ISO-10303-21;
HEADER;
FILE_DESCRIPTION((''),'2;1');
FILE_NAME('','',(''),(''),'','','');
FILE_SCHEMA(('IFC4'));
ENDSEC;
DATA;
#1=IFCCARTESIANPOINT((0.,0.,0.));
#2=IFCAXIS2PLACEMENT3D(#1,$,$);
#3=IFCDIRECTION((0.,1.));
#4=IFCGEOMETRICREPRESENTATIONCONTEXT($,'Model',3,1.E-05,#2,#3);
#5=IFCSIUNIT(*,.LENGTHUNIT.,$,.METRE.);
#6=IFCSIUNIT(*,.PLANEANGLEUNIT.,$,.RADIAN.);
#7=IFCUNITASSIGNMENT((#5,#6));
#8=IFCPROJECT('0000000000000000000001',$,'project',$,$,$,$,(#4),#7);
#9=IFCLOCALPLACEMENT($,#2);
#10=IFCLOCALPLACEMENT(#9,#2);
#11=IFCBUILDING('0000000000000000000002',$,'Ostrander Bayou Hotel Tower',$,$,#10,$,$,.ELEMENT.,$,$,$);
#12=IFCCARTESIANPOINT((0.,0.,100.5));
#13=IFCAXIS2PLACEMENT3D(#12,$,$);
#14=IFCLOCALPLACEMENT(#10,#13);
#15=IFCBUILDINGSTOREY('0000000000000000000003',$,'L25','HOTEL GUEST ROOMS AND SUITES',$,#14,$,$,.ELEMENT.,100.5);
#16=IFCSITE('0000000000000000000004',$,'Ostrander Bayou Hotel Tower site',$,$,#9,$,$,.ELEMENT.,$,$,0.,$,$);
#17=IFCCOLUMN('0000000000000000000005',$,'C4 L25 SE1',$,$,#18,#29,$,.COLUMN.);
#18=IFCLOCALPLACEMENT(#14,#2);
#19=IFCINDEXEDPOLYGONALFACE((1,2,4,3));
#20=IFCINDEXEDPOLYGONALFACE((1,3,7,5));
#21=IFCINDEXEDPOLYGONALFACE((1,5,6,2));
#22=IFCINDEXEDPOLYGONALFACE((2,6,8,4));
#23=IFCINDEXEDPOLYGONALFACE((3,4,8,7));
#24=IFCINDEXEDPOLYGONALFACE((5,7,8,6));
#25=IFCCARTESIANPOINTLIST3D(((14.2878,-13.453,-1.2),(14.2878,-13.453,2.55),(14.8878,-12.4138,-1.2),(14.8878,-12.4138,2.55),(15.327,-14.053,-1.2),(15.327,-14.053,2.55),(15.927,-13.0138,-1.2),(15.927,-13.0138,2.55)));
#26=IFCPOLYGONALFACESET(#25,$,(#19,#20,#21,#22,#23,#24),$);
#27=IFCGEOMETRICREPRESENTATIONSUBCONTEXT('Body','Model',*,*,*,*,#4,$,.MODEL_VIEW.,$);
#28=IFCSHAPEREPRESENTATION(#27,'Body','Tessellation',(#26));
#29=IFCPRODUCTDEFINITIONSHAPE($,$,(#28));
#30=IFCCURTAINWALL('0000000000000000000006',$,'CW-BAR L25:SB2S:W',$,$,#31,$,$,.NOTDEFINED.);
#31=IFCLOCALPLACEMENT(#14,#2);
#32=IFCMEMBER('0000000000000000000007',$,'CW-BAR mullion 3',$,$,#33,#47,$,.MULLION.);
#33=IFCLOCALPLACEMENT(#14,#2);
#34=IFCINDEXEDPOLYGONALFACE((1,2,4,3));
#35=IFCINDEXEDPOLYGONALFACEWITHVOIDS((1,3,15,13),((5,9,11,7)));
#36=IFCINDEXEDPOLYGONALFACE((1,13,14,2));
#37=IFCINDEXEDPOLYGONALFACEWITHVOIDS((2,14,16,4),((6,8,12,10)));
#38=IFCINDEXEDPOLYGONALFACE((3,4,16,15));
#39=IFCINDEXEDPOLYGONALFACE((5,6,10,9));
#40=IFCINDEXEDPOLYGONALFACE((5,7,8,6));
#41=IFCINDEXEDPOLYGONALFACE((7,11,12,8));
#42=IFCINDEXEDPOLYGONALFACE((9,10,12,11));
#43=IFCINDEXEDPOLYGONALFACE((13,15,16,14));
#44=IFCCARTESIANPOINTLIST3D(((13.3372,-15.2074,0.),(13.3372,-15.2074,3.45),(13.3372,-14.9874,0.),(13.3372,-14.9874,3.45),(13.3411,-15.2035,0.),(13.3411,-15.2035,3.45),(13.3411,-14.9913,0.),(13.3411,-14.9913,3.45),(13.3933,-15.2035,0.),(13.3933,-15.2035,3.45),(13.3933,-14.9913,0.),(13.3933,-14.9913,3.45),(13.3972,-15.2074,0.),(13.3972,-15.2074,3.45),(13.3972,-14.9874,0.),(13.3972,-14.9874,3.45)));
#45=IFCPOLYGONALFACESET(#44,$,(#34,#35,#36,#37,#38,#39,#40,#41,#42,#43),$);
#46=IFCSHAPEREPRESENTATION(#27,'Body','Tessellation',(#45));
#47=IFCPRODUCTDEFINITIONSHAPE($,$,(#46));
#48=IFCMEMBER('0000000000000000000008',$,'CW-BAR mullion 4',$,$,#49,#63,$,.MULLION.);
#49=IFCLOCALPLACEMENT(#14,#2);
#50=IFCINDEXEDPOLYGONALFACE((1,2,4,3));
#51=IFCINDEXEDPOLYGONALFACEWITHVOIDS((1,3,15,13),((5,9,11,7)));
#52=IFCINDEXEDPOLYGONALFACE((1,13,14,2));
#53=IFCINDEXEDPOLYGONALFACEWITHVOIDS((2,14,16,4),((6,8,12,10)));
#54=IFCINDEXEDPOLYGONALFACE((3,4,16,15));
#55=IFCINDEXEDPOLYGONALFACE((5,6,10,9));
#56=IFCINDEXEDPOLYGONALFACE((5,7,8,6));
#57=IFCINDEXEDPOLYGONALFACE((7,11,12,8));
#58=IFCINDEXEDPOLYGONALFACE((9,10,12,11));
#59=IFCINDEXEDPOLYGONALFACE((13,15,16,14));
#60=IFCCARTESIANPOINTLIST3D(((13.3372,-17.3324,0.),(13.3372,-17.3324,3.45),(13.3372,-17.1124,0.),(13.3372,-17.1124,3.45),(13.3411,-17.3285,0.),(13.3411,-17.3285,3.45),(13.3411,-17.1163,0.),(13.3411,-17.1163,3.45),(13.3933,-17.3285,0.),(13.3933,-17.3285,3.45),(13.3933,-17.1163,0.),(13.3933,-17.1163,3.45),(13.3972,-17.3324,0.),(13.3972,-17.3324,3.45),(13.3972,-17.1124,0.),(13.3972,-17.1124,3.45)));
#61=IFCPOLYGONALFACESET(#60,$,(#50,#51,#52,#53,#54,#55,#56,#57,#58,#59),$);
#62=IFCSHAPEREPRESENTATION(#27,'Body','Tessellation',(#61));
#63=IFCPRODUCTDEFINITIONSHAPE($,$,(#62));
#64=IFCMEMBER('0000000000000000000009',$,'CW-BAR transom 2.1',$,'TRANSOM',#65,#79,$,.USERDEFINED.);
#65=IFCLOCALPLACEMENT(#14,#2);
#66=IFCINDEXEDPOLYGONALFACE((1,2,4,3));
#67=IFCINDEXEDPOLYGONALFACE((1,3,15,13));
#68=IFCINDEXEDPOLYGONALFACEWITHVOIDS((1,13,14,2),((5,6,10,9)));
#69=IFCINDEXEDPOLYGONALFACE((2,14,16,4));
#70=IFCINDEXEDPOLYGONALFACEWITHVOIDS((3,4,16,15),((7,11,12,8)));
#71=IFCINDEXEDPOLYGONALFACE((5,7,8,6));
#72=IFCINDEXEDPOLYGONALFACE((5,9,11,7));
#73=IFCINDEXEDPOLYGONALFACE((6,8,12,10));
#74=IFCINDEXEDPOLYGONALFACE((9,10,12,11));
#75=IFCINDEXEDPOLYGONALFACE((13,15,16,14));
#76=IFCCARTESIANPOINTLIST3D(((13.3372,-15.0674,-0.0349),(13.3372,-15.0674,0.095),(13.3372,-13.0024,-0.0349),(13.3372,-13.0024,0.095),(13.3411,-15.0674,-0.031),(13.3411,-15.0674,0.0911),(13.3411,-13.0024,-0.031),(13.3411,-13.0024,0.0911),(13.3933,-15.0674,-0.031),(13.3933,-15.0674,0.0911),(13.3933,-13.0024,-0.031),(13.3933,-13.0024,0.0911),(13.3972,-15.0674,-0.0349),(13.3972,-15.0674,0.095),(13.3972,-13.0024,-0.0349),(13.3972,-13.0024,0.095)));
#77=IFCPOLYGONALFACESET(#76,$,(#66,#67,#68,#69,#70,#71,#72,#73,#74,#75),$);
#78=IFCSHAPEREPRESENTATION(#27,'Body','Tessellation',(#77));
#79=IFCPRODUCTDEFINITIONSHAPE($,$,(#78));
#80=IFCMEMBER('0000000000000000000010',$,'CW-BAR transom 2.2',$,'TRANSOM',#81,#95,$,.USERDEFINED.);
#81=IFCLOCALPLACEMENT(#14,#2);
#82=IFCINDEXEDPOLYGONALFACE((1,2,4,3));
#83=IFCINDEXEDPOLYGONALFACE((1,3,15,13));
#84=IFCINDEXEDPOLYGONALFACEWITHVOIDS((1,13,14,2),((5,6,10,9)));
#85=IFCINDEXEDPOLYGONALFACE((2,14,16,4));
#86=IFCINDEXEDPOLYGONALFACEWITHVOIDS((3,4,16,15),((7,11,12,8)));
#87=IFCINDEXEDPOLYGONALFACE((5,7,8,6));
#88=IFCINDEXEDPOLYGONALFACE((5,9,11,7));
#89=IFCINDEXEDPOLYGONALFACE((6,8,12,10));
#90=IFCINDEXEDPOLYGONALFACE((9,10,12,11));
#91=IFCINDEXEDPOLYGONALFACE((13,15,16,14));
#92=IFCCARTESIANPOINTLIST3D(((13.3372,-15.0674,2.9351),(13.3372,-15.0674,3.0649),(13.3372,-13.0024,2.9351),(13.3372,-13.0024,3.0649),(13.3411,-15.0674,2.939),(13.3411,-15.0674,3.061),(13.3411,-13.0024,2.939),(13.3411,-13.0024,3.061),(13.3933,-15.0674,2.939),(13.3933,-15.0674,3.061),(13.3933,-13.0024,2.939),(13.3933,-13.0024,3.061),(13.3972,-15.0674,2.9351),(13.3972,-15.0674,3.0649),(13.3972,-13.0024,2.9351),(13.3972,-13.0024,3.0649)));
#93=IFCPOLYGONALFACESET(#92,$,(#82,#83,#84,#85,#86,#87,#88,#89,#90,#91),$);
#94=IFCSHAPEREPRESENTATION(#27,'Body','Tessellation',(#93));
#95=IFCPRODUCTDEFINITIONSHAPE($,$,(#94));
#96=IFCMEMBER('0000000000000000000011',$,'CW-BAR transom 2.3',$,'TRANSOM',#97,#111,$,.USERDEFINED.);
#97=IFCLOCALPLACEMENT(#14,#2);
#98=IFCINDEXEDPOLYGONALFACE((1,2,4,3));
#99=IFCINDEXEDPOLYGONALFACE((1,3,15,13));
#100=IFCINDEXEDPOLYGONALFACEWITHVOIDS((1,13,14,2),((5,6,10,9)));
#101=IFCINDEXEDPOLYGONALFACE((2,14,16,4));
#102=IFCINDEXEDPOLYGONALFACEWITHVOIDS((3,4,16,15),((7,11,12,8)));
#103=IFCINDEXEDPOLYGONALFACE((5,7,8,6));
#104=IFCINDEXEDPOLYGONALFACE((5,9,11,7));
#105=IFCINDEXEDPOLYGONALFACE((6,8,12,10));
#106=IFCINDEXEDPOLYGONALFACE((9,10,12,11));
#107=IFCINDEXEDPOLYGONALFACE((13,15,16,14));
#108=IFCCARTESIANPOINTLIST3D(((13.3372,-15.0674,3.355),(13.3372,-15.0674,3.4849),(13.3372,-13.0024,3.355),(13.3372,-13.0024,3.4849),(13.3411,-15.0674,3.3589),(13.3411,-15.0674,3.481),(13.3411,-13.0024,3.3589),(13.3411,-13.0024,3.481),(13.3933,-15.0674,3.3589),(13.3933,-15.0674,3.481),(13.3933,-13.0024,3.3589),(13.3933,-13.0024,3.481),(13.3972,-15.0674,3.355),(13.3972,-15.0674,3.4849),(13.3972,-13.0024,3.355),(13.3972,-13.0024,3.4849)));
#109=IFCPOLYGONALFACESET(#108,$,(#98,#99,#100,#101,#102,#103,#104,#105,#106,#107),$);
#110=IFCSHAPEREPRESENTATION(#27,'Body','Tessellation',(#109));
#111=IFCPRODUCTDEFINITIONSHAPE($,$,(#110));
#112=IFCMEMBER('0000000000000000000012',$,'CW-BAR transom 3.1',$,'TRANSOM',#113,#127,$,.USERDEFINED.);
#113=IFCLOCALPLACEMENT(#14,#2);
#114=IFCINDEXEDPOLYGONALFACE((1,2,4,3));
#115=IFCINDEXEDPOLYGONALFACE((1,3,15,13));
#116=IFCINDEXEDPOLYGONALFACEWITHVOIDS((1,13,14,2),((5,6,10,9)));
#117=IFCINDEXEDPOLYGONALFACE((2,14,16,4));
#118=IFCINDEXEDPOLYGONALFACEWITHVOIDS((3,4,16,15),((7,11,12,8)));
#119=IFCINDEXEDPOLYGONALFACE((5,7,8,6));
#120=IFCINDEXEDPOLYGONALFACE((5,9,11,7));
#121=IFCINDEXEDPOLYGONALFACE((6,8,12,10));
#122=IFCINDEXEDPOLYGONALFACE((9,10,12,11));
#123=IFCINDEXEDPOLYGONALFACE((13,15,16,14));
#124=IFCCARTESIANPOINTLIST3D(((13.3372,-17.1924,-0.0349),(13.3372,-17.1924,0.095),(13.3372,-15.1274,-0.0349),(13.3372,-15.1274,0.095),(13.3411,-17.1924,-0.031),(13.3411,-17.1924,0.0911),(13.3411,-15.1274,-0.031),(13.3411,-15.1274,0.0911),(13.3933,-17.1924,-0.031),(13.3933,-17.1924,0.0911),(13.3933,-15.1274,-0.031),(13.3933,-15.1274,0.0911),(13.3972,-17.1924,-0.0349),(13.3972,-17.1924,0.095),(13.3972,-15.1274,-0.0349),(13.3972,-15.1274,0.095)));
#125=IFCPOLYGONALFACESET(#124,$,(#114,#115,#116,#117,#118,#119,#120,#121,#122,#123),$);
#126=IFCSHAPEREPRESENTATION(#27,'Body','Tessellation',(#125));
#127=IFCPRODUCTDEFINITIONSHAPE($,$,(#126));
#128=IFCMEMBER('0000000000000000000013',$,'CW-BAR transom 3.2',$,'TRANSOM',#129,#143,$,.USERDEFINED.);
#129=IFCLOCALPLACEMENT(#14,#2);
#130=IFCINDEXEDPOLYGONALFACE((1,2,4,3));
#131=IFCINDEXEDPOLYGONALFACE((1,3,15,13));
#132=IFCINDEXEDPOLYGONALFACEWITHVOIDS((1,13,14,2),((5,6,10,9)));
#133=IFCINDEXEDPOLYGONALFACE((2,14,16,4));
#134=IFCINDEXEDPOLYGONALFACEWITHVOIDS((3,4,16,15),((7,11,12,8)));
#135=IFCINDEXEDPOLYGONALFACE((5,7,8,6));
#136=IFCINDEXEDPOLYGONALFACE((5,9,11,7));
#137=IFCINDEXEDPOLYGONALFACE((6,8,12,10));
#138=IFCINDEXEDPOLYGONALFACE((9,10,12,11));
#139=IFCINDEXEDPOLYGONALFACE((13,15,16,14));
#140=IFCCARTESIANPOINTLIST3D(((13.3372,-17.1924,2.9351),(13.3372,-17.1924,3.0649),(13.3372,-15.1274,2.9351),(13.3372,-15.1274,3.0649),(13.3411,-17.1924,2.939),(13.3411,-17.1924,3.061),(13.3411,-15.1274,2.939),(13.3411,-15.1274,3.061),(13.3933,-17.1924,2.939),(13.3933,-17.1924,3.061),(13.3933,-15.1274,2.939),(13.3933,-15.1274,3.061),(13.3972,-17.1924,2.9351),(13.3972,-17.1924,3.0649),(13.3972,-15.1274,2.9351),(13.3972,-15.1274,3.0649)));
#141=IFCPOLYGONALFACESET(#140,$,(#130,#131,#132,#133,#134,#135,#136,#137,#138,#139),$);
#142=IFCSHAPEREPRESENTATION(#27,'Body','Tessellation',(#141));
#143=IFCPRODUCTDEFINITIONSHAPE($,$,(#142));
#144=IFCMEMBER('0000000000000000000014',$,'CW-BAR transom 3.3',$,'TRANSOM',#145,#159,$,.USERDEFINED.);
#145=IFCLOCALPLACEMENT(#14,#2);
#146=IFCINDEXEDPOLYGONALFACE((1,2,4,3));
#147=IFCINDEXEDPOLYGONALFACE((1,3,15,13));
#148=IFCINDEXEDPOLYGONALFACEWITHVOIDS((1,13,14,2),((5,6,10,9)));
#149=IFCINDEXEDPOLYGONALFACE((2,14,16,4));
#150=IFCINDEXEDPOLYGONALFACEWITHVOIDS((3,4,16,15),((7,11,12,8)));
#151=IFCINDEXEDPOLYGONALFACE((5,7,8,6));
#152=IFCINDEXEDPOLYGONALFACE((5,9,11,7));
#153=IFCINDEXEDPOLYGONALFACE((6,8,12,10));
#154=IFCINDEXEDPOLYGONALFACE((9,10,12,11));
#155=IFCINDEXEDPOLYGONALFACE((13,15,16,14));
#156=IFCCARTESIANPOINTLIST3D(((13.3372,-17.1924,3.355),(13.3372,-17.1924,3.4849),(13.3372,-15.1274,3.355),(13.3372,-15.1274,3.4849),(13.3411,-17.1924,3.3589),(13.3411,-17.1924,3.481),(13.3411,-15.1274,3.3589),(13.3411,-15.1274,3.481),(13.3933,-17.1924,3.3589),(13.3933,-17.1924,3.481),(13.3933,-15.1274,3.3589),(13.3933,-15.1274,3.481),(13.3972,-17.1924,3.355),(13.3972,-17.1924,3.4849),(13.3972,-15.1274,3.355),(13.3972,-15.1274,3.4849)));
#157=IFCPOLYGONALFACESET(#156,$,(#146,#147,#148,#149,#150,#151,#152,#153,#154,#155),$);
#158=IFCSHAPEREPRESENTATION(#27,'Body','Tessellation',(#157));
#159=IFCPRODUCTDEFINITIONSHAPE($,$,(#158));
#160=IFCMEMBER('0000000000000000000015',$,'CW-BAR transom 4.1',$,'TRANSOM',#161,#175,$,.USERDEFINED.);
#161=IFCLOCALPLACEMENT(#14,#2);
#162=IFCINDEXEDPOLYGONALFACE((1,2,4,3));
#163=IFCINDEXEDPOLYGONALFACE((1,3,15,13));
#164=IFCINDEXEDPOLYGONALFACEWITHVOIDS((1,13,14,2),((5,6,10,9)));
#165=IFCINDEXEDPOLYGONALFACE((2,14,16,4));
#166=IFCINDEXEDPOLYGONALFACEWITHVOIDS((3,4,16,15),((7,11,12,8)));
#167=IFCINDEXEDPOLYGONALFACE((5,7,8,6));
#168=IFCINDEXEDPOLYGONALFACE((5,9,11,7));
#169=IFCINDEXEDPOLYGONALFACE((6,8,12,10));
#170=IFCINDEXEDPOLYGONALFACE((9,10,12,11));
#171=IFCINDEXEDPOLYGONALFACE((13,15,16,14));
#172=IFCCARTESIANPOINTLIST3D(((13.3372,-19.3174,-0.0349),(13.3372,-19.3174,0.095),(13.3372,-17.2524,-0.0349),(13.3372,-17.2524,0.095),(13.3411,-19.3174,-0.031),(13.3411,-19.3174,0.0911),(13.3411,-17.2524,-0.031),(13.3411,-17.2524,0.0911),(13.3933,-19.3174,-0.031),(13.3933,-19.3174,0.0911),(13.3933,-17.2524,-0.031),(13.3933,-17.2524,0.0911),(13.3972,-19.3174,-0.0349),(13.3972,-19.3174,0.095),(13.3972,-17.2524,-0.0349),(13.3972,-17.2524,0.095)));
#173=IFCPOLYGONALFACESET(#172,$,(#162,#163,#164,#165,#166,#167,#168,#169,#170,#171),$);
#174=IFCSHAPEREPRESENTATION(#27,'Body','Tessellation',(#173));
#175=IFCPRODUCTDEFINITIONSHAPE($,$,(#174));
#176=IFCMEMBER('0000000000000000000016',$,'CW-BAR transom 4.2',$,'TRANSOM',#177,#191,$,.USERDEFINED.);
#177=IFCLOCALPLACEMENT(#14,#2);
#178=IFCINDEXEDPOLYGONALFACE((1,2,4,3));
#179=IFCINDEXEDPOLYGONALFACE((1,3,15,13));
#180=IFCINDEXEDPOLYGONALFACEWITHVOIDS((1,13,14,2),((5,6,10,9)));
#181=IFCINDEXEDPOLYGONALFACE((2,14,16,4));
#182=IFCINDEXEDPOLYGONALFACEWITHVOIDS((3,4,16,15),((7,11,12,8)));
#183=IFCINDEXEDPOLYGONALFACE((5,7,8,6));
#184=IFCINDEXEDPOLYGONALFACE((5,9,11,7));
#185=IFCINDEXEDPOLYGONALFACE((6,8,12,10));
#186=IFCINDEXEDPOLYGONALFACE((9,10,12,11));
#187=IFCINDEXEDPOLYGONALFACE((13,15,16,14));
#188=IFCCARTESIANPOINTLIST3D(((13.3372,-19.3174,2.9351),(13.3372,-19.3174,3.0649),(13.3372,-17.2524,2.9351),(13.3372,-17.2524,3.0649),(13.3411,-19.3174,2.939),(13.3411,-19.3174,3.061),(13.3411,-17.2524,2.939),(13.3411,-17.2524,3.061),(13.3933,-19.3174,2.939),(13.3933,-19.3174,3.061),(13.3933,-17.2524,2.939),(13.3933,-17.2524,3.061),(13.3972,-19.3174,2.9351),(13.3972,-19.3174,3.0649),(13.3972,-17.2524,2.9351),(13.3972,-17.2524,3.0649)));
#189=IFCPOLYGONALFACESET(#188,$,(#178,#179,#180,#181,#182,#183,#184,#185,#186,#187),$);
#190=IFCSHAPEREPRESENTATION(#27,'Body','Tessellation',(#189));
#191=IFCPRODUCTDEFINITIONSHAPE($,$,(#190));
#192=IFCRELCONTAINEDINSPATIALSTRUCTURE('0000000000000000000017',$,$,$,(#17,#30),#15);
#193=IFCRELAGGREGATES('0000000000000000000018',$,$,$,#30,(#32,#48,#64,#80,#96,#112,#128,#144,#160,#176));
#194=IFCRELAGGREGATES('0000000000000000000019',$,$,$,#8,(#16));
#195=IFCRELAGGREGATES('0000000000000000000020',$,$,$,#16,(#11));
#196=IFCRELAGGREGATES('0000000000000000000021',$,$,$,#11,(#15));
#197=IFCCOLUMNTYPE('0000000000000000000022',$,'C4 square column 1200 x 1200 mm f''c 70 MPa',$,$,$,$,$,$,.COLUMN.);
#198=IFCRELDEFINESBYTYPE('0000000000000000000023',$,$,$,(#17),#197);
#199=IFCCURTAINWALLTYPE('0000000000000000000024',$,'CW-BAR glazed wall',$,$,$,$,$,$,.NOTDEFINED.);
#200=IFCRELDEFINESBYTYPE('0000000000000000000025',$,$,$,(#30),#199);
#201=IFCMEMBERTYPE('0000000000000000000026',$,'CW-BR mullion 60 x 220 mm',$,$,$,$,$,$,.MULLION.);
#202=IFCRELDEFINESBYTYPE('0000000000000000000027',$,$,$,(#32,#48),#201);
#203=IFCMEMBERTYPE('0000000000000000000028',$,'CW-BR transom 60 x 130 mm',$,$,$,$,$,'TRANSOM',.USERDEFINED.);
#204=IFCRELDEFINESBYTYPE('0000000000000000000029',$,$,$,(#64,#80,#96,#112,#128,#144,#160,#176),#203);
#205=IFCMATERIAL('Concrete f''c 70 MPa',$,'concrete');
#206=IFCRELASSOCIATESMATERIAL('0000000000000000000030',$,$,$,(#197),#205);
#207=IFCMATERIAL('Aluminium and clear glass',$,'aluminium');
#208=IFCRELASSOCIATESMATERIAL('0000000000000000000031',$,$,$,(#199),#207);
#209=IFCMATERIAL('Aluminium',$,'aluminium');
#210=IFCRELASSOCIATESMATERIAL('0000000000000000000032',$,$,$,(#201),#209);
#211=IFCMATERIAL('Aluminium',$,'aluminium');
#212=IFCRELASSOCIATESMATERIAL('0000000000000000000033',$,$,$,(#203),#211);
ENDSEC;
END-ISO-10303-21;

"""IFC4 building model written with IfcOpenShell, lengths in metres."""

from ifc_helpers import new_model, si_unit, direction, frame, origin, origin_2d, place, context, subcontext, project, spatial, rectangle, hollow_rectangle, extrude, material, material_profile, profile_set, type_object, element, aggregate, save


model = new_model("IFC4")

# Units and contexts
model_context = context("Model", 3, precision=1e-05, world=origin(), true_north=direction((0.0, 1.0)))
body_context = subcontext(model_context, "Body", "Model", "MODEL_VIEW")
ifc_project = project(units=[si_unit("LENGTHUNIT", "METRE"), si_unit("PLANEANGLEUNIT", "RADIAN")], contexts=[model_context])

# Site, building, storey
site_placement = place(None, origin())
site = spatial("IfcSite", under=ifc_project, at=site_placement, Name="Ostrander Bayou Hotel Tower site", CompositionType="ELEMENT", RefElevation=0.0)
building_placement = place(site_placement, origin())
building = spatial("IfcBuilding", under=site, at=building_placement, Name="Ostrander Bayou Hotel Tower", CompositionType="ELEMENT")
storey_placement = place(building_placement, frame((0.0, 0.0, 100.5)))
storey = spatial("IfcBuildingStorey", under=building, at=storey_placement, Name="L25", Description="HOTEL GUEST ROOMS AND SUITES", CompositionType="ELEMENT", Elevation=100.5)

# Column
ifc_material_1 = material(Name="Concrete f'c 70 MPa", Category="concrete")
ifc_material_profile_1 = material_profile(ifc_material_1, rectangle(XDim=1.2, YDim=1.2, at=origin_2d()))
ifc_profile_set_1 = profile_set([ifc_material_profile_1], Name="Concrete f'c 70 MPa")
column_type = type_object("IfcColumnType", Name="C4 square column 1200 x 1200 mm f'c 70 MPa", PredefinedType="COLUMN", material=ifc_profile_set_1)
column_placement = place(storey_placement, frame((15.1074, -13.2334, -1.2), z_axis=(0.0, 0.0, 1.0), x_axis=(-0.5, -0.866025, 0.0)))
element("IfcColumn", 1, at=column_placement, inside=storey, type_object=column_type, Name="C4 L25 SE1", PredefinedType="COLUMN", context=body_context, shape_type="SweptSolid", body=[
    extrude(rectangle(XDim=1.2, YDim=1.2, at=origin_2d()), origin(), (0.0, 0.0, 1.0), 3.75),
])

# Curtain wall, members
ifc_material_2 = material(Name="Aluminium and clear glass", Category="aluminium")
curtain_wall_type = type_object("IfcCurtainWallType", Name="CW-BAR glazed wall", PredefinedType="NOTDEFINED", material=ifc_material_2)
curtain_wall_placement = place(storey_placement, origin())
curtain_wall = element("IfcCurtainWall", 2, at=curtain_wall_placement, inside=storey, type_object=curtain_wall_type, Name="CW-BAR L25:SB2S:W", PredefinedType="NOTDEFINED")
ifc_material_3 = material(Name="Aluminium", Category="aluminium")
ifc_material_profile_2 = material_profile(ifc_material_3, hollow_rectangle(XDim=0.0601, YDim=0.22, WallThickness=0.0039, at=origin_2d()))
ifc_profile_set_2 = profile_set([ifc_material_profile_2], Name="Aluminium")
member_type_1 = type_object("IfcMemberType", Name="CW-BR mullion 60 x 220 mm", PredefinedType="MULLION", material=ifc_profile_set_2)
member_1_placement = place(storey_placement, frame((13.3672, -15.0974, 0.0), z_axis=(0.0, 0.0, 1.0), x_axis=(1.0, 0.0, 0.0)))
member_1 = element("IfcMember", 3, at=member_1_placement, type_object=member_type_1, Name="CW-BAR mullion 3", PredefinedType="MULLION", context=body_context, shape_type="SweptSolid", body=[
    extrude(hollow_rectangle(XDim=0.0601, YDim=0.22, WallThickness=0.0039, at=origin_2d()), origin(), (0.0, 0.0, 1.0), 3.45),
])
member_2_placement = place(storey_placement, frame((13.3672, -17.2224, 0.0), z_axis=(0.0, 0.0, 1.0), x_axis=(1.0, 0.0, 0.0)))
member_2 = element("IfcMember", 4, at=member_2_placement, type_object=member_type_1, Name="CW-BAR mullion 4", PredefinedType="MULLION", context=body_context, shape_type="SweptSolid", body=[
    extrude(hollow_rectangle(XDim=0.0601, YDim=0.22, WallThickness=0.0039, at=origin_2d()), origin(), (0.0, 0.0, 1.0), 3.45),
])
ifc_material_4 = material(Name="Aluminium", Category="aluminium")
ifc_material_profile_3 = material_profile(ifc_material_4, hollow_rectangle(XDim=0.0601, YDim=0.1299, WallThickness=0.0039, at=origin_2d()))
ifc_profile_set_3 = profile_set([ifc_material_profile_3], Name="Aluminium")
member_type_2 = type_object("IfcMemberType", Name="CW-BR transom 60 x 130 mm", ElementType="TRANSOM", PredefinedType="USERDEFINED", material=ifc_profile_set_3)
member_3_placement = place(storey_placement, frame((13.3672, -13.0024, 0.03), z_axis=(0.0, -1.0, 0.0), x_axis=(1.0, 0.0, 0.0)))
member_3 = element("IfcMember", 5, at=member_3_placement, type_object=member_type_2, Name="CW-BAR transom 2.1", ObjectType="TRANSOM", PredefinedType="USERDEFINED", context=body_context, shape_type="SweptSolid", body=[
    extrude(hollow_rectangle(XDim=0.0601, YDim=0.1299, WallThickness=0.0039, at=origin_2d()), origin(), (0.0, 0.0, 1.0), 2.0649),
])
member_4_placement = place(storey_placement, frame((13.3672, -13.0024, 3.0), z_axis=(0.0, -1.0, 0.0), x_axis=(1.0, 0.0, 0.0)))
member_4 = element("IfcMember", 6, at=member_4_placement, type_object=member_type_2, Name="CW-BAR transom 2.2", ObjectType="TRANSOM", PredefinedType="USERDEFINED", context=body_context, shape_type="SweptSolid", body=[
    extrude(hollow_rectangle(XDim=0.0601, YDim=0.1299, WallThickness=0.0039, at=origin_2d()), origin(), (0.0, 0.0, 1.0), 2.0649),
])
member_5_placement = place(storey_placement, frame((13.3672, -13.0024, 3.4199), z_axis=(0.0, -1.0, 0.0), x_axis=(1.0, 0.0, 0.0)))
member_5 = element("IfcMember", 7, at=member_5_placement, type_object=member_type_2, Name="CW-BAR transom 2.3", ObjectType="TRANSOM", PredefinedType="USERDEFINED", context=body_context, shape_type="SweptSolid", body=[
    extrude(hollow_rectangle(XDim=0.0601, YDim=0.1299, WallThickness=0.0039, at=origin_2d()), origin(), (0.0, 0.0, 1.0), 2.0649),
])
member_6_placement = place(storey_placement, frame((13.3672, -15.1274, 0.03), z_axis=(0.0, -1.0, 0.0), x_axis=(1.0, 0.0, 0.0)))
member_6 = element("IfcMember", 8, at=member_6_placement, type_object=member_type_2, Name="CW-BAR transom 3.1", ObjectType="TRANSOM", PredefinedType="USERDEFINED", context=body_context, shape_type="SweptSolid", body=[
    extrude(hollow_rectangle(XDim=0.0601, YDim=0.1299, WallThickness=0.0039, at=origin_2d()), origin(), (0.0, 0.0, 1.0), 2.0649),
])
member_7_placement = place(storey_placement, frame((13.3672, -15.1274, 3.0), z_axis=(0.0, -1.0, 0.0), x_axis=(1.0, 0.0, 0.0)))
member_7 = element("IfcMember", 9, at=member_7_placement, type_object=member_type_2, Name="CW-BAR transom 3.2", ObjectType="TRANSOM", PredefinedType="USERDEFINED", context=body_context, shape_type="SweptSolid", body=[
    extrude(hollow_rectangle(XDim=0.0601, YDim=0.1299, WallThickness=0.0039, at=origin_2d()), origin(), (0.0, 0.0, 1.0), 2.0649),
])
member_8_placement = place(storey_placement, frame((13.3672, -15.1274, 3.4199), z_axis=(0.0, -1.0, 0.0), x_axis=(1.0, 0.0, 0.0)))
member_8 = element("IfcMember", 10, at=member_8_placement, type_object=member_type_2, Name="CW-BAR transom 3.3", ObjectType="TRANSOM", PredefinedType="USERDEFINED", context=body_context, shape_type="SweptSolid", body=[
    extrude(hollow_rectangle(XDim=0.0601, YDim=0.1299, WallThickness=0.0039, at=origin_2d()), origin(), (0.0, 0.0, 1.0), 2.0649),
])
member_9_placement = place(storey_placement, frame((13.3672, -17.2524, 0.03), z_axis=(0.0, -1.0, 0.0), x_axis=(1.0, 0.0, 0.0)))
member_9 = element("IfcMember", 11, at=member_9_placement, type_object=member_type_2, Name="CW-BAR transom 4.1", ObjectType="TRANSOM", PredefinedType="USERDEFINED", context=body_context, shape_type="SweptSolid", body=[
    extrude(hollow_rectangle(XDim=0.0601, YDim=0.1299, WallThickness=0.0039, at=origin_2d()), origin(), (0.0, 0.0, 1.0), 2.0649),
])
member_10_placement = place(storey_placement, frame((13.3672, -17.2524, 3.0), z_axis=(0.0, -1.0, 0.0), x_axis=(1.0, 0.0, 0.0)))
member_10 = element("IfcMember", 12, at=member_10_placement, type_object=member_type_2, Name="CW-BAR transom 4.2", ObjectType="TRANSOM", PredefinedType="USERDEFINED", context=body_context, shape_type="SweptSolid", body=[
    extrude(hollow_rectangle(XDim=0.0601, YDim=0.1299, WallThickness=0.0039, at=origin_2d()), origin(), (0.0, 0.0, 1.0), 2.0649),
])

aggregate(curtain_wall, [member_1, member_2, member_3, member_4, member_5, member_6, member_7, member_8, member_9, member_10])

save(model, "model.ifc")
